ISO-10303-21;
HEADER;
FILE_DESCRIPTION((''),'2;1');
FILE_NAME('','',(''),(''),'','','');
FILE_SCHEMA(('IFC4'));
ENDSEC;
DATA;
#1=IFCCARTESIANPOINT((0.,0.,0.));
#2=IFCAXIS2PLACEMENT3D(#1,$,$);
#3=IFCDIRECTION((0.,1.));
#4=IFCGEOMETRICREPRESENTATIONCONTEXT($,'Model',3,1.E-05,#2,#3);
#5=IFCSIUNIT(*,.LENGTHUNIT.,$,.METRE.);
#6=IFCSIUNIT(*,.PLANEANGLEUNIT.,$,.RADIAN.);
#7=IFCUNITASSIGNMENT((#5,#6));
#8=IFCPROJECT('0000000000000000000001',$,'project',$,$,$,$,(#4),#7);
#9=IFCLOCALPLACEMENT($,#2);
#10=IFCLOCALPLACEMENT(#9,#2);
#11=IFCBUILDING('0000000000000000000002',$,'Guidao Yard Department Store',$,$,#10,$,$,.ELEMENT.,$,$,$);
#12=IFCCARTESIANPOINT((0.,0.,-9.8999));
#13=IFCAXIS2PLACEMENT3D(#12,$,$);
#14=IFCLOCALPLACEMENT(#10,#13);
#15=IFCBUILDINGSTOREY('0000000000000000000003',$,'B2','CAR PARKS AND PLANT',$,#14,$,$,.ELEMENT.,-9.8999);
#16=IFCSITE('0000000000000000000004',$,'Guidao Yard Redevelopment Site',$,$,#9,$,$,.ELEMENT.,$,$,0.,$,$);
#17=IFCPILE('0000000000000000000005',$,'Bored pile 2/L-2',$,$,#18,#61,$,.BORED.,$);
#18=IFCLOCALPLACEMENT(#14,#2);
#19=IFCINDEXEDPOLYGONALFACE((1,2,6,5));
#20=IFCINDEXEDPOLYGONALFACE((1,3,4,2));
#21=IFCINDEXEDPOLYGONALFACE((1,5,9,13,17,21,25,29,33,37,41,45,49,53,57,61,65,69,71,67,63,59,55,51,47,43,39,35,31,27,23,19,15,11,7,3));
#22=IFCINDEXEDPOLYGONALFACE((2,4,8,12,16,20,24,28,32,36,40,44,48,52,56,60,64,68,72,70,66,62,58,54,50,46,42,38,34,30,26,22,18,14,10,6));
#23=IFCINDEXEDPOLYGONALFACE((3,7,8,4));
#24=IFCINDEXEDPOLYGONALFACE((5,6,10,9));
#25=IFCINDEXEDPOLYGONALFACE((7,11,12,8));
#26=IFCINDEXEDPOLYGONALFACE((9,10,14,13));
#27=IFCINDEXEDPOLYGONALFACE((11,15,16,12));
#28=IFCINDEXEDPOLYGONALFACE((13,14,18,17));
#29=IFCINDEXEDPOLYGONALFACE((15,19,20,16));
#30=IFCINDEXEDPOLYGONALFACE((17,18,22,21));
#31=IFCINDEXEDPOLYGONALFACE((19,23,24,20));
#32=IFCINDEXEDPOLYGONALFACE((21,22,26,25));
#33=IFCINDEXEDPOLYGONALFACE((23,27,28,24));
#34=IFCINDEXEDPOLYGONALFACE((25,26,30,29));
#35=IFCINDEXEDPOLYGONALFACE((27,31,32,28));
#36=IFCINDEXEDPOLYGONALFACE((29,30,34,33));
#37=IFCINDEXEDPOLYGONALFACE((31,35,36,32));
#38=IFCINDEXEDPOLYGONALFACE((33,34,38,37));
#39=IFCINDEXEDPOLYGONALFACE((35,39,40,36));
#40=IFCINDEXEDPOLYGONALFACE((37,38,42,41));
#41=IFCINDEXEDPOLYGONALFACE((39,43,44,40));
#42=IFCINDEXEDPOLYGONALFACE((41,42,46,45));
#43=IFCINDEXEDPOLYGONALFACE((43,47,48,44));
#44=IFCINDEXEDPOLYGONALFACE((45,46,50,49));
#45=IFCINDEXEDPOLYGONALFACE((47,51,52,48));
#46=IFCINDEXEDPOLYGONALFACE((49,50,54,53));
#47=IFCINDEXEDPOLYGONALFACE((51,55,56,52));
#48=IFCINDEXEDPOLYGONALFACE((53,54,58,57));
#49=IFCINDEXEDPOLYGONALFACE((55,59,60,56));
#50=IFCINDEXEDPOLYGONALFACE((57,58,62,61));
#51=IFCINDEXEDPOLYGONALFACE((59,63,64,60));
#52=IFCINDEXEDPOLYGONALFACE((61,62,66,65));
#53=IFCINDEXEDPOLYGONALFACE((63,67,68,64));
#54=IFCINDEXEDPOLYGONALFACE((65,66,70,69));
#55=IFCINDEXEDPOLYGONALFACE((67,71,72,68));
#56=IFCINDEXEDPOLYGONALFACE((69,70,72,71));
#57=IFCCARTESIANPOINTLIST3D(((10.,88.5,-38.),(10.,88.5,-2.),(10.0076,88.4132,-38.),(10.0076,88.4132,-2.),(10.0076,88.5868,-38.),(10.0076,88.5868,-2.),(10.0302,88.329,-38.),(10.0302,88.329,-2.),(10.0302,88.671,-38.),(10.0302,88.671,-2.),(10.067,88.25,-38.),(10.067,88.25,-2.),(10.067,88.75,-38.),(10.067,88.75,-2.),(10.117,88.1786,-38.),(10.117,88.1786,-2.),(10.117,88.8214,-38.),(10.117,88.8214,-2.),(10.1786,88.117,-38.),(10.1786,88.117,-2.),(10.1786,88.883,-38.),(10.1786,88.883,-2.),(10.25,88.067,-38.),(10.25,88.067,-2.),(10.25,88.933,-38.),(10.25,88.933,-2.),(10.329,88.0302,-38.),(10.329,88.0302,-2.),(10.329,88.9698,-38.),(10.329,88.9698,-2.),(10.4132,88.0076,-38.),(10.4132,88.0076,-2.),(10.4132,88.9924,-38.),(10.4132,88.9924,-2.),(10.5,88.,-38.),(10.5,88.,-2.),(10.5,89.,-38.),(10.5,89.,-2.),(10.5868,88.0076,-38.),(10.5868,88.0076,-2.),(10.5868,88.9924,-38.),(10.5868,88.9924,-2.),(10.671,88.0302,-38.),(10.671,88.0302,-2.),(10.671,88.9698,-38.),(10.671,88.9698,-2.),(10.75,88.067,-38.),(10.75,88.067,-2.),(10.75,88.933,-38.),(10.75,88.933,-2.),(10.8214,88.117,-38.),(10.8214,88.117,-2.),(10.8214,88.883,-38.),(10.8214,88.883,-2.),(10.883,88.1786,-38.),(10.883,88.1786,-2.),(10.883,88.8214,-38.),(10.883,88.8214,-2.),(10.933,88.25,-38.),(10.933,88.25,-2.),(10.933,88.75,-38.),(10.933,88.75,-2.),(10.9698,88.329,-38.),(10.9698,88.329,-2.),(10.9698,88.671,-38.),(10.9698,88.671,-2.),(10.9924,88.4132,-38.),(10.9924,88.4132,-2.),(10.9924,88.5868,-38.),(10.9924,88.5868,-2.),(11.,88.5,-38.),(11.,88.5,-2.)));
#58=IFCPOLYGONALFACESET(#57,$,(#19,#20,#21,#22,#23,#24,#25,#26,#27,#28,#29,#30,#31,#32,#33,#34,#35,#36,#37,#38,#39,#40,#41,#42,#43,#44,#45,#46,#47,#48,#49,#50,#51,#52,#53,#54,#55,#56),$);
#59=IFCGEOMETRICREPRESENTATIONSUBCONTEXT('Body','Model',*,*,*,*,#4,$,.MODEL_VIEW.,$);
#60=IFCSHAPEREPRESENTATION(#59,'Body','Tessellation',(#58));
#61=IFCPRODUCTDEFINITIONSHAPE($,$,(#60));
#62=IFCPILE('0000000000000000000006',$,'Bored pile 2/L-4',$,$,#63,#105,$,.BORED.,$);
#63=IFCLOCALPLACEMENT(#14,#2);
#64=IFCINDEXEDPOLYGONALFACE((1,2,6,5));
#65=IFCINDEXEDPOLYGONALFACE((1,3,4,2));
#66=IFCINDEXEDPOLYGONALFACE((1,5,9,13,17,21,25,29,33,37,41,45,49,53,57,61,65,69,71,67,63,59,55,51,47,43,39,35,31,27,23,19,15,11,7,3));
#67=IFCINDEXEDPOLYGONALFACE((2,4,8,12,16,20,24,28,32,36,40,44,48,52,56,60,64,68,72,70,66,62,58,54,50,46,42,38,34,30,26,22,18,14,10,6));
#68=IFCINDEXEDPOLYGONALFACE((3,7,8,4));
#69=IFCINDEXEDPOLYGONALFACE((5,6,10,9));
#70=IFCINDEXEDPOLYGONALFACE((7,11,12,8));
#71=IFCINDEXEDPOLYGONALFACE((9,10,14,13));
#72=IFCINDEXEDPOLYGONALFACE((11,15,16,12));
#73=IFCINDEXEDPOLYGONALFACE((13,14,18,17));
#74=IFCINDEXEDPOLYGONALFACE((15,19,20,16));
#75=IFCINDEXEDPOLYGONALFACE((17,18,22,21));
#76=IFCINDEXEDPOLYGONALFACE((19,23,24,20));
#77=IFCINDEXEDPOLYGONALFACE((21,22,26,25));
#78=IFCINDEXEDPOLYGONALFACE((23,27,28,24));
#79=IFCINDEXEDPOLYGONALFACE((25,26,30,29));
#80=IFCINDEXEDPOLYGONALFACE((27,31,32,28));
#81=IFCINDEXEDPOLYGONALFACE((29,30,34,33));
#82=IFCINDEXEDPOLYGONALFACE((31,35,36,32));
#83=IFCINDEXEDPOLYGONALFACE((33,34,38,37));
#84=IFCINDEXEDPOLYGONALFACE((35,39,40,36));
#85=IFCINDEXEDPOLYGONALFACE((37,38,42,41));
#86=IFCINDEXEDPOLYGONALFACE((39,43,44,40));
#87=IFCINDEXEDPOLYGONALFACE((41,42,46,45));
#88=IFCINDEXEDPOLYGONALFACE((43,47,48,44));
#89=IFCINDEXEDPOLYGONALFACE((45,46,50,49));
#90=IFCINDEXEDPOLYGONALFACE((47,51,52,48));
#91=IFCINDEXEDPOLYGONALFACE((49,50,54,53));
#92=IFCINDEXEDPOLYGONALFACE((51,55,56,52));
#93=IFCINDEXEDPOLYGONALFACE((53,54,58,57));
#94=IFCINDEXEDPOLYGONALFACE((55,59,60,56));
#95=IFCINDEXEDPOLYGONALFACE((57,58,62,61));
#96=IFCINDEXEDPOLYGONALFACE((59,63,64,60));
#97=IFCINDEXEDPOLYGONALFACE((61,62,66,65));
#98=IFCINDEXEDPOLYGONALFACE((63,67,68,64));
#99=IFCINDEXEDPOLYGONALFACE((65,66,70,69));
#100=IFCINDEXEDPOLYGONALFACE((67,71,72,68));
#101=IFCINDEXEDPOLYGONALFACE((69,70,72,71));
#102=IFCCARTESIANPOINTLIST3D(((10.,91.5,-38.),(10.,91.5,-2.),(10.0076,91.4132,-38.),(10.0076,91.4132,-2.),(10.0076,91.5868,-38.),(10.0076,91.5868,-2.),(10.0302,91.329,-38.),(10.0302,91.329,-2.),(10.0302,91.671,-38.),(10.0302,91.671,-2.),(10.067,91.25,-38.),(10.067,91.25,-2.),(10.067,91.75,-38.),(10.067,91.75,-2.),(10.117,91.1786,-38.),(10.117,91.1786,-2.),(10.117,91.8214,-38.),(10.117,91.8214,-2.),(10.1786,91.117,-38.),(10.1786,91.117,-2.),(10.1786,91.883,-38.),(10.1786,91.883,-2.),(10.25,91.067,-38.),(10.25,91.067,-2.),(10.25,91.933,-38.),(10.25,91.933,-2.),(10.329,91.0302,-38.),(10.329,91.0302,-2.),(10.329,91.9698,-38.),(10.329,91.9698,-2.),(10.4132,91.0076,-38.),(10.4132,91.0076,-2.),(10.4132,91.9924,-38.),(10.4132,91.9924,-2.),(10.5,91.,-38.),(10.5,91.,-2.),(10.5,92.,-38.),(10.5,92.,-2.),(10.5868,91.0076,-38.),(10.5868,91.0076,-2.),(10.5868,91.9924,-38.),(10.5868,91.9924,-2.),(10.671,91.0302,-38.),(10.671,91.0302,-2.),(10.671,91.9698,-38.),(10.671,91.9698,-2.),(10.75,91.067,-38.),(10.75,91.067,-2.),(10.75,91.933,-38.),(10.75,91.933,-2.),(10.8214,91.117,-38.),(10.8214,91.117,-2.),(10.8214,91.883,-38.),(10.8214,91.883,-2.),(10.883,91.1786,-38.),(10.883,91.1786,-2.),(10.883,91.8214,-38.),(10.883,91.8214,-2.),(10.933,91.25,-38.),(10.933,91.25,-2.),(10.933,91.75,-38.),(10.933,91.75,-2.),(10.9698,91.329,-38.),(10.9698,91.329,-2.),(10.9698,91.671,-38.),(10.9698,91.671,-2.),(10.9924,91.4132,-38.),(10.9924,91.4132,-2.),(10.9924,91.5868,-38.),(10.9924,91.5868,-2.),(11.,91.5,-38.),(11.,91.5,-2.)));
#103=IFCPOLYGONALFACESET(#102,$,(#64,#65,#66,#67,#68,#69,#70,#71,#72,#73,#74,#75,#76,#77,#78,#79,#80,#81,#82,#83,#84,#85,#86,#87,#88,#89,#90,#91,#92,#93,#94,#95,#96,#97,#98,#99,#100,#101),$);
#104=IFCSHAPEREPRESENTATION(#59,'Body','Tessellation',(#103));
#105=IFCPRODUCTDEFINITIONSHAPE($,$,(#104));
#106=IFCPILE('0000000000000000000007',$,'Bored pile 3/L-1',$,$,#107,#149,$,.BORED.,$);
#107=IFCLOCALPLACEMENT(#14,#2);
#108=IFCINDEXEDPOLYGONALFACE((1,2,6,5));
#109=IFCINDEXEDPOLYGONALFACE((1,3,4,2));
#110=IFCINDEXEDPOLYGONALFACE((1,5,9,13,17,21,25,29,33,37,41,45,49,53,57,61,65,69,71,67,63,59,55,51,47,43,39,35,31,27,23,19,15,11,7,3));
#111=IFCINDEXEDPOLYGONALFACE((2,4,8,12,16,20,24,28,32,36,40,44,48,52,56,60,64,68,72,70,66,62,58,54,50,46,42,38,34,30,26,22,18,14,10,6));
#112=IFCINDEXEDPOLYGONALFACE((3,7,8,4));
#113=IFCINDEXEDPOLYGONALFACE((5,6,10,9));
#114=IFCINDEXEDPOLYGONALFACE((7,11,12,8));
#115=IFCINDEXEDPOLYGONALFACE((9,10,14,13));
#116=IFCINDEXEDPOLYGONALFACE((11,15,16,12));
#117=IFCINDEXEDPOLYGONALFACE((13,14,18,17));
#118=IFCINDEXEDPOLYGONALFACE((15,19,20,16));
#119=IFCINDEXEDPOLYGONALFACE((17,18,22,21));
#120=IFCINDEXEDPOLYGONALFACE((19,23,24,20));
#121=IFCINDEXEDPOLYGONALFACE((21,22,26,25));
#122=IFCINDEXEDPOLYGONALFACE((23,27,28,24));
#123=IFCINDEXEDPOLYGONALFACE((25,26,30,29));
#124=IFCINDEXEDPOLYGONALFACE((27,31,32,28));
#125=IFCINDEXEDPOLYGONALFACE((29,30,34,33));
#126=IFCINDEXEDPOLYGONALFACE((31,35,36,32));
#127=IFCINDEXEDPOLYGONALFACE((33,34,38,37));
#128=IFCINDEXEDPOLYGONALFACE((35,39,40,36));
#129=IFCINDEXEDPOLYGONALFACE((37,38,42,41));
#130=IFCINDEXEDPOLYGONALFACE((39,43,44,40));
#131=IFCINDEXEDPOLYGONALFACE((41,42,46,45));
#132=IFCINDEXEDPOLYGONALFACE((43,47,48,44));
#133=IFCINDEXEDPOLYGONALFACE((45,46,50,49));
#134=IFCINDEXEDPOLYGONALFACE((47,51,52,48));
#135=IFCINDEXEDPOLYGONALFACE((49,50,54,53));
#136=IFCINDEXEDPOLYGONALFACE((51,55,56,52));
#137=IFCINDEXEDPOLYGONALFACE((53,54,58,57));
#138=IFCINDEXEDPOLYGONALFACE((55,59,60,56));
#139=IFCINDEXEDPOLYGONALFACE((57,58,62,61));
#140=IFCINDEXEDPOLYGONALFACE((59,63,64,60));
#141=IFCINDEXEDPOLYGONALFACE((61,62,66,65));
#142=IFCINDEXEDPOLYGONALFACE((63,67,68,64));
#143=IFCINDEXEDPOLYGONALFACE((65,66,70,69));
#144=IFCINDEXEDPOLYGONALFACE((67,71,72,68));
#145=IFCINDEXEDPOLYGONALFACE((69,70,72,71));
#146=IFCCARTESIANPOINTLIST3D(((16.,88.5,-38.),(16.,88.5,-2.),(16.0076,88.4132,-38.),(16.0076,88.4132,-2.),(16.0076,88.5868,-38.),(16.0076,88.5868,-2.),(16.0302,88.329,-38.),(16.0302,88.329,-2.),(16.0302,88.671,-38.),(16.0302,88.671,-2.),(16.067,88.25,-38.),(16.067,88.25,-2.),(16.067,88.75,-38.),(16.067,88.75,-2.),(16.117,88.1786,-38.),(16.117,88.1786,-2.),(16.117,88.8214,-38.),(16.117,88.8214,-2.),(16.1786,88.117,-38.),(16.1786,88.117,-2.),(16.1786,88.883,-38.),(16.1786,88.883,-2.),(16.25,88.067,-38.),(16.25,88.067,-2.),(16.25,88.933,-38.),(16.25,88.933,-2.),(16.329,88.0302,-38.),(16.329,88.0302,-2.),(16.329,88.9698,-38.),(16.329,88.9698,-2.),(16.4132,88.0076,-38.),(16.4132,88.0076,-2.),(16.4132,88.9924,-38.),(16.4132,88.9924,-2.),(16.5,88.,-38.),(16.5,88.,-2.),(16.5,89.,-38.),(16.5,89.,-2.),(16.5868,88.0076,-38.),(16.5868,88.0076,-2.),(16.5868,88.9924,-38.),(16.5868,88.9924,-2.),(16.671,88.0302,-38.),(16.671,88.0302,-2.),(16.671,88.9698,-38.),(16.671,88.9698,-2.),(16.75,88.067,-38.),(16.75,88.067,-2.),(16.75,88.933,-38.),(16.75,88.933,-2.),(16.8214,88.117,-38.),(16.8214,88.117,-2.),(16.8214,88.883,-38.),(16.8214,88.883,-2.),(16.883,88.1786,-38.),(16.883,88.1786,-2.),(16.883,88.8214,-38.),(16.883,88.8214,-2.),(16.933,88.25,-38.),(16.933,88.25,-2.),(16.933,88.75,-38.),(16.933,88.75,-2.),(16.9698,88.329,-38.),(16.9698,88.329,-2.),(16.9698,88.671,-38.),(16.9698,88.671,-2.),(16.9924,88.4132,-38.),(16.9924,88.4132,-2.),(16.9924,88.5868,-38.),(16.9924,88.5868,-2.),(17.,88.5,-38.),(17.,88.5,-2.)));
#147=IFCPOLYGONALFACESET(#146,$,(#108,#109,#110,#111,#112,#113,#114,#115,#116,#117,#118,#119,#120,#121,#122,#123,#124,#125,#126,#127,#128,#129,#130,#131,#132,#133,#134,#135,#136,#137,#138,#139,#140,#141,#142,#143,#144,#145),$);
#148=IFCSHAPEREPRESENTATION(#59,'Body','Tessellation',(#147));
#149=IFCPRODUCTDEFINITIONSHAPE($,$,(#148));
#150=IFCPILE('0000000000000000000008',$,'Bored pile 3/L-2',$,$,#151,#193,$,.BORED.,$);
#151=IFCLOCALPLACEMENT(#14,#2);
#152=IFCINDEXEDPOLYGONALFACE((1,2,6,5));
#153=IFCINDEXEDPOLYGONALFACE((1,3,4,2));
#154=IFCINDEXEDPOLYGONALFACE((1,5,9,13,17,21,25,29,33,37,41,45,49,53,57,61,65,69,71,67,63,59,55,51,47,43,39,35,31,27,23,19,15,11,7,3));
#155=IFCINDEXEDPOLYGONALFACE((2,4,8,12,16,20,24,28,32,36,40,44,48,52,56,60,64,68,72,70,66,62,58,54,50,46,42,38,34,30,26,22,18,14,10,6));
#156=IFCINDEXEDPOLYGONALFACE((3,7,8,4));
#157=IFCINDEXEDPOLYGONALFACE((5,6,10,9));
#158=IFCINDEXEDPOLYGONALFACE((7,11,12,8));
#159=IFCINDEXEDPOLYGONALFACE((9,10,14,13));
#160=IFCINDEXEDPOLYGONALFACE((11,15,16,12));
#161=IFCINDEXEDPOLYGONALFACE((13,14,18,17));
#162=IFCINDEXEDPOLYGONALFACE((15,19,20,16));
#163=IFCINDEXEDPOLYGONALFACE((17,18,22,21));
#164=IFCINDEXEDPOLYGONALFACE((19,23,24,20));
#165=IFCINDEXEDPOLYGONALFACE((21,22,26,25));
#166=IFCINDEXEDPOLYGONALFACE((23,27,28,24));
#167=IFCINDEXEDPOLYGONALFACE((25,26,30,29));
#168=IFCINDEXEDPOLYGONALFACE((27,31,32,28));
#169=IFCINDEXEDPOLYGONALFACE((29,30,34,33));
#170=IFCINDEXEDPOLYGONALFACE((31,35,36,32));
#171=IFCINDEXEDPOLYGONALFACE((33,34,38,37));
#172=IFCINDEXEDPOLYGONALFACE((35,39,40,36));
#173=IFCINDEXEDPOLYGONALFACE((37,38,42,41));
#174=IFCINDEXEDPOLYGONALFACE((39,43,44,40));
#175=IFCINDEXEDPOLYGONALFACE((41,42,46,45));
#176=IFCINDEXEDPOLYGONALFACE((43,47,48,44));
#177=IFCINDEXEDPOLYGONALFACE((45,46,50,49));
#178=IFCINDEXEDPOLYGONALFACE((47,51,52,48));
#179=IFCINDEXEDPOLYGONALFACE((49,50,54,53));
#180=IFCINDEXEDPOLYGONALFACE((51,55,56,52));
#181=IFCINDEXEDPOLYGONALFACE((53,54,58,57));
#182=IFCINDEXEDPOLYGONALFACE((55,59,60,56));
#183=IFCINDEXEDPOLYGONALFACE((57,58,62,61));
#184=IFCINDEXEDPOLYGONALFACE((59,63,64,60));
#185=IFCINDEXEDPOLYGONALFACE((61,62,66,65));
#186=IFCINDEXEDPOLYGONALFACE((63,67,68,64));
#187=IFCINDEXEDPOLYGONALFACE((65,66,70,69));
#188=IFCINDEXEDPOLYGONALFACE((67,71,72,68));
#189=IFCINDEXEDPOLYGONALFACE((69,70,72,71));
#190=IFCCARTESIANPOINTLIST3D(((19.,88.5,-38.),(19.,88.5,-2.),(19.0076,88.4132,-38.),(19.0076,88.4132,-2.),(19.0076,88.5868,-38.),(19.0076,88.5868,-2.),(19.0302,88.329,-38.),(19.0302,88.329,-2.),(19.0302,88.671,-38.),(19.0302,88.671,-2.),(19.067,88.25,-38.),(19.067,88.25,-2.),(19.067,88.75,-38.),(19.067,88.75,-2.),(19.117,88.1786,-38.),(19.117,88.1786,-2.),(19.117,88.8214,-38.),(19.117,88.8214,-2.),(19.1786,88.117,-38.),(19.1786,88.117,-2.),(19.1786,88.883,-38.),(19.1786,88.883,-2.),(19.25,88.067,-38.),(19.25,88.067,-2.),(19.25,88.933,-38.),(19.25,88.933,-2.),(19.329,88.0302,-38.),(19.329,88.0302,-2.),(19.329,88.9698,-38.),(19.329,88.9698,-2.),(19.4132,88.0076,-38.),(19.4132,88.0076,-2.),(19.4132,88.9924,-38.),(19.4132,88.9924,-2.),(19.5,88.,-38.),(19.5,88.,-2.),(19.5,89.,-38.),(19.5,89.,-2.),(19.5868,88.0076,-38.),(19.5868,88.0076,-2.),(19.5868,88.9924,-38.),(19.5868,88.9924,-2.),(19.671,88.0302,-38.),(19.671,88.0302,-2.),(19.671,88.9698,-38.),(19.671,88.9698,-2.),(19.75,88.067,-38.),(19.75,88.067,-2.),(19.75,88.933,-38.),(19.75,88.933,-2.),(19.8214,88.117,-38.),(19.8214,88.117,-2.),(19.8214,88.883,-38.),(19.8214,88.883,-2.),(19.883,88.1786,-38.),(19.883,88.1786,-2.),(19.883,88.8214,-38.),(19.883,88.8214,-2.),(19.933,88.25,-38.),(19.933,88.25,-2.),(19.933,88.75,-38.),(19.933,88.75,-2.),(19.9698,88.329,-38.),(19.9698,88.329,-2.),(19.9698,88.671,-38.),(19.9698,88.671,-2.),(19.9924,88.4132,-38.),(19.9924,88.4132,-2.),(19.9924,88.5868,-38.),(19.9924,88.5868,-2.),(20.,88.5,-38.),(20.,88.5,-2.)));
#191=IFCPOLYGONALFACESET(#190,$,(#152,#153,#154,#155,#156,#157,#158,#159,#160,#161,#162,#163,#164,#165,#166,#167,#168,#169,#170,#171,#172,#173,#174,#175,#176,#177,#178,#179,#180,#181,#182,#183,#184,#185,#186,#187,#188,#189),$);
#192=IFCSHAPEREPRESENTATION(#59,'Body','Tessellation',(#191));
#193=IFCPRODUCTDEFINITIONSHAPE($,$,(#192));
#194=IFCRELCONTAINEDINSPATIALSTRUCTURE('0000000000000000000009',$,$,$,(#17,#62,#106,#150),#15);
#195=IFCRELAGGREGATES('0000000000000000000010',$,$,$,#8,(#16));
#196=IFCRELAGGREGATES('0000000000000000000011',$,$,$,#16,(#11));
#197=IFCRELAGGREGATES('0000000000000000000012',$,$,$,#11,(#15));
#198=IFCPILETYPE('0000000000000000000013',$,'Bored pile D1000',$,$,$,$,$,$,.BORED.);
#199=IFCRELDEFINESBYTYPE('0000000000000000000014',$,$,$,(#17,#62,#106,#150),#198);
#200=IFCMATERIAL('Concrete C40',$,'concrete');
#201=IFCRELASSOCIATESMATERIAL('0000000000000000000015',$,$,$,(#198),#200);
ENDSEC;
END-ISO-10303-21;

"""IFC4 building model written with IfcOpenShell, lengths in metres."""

from ifc_helpers import new_model, si_unit, direction, frame, origin, origin_2d, place, context, subcontext, project, spatial, circle, extrude, material, material_profile, profile_set, type_object, element, save


model = new_model("IFC4")

# Units and contexts
model_context = context("Model", 3, precision=1e-05, world=origin(), true_north=direction((0.0, 1.0)))
body_context = subcontext(model_context, "Body", "Model", "MODEL_VIEW")
ifc_project = project(units=[si_unit("LENGTHUNIT", "METRE"), si_unit("PLANEANGLEUNIT", "RADIAN")], contexts=[model_context])

# Site, building, storey
site_placement = place(None, origin())
site = spatial("IfcSite", under=ifc_project, at=site_placement, Name="Guidao Yard Redevelopment Site", CompositionType="ELEMENT", RefElevation=0.0)
building_placement = place(site_placement, origin())
building = spatial("IfcBuilding", under=site, at=building_placement, Name="Guidao Yard Department Store", CompositionType="ELEMENT")
storey_placement = place(building_placement, frame((0.0, 0.0, -9.8999)))
storey = spatial("IfcBuildingStorey", under=building, at=storey_placement, Name="B2", Description="CAR PARKS AND PLANT", CompositionType="ELEMENT", Elevation=-9.8999)

# Piles
ifc_material_1 = material(Name="Concrete C40", Category="concrete")
ifc_material_profile_1 = material_profile(ifc_material_1, circle(Radius=0.5, at=origin_2d()), Name="Bored pile D1000")
ifc_profile_set_1 = profile_set([ifc_material_profile_1], Name="Concrete C40")
pile_type = type_object("IfcPileType", Name="Bored pile D1000", PredefinedType="BORED", material=ifc_profile_set_1)
for number, where, z_axis, x_axis, name in (
    (1, (10.5, 88.5, -2.0), (0.0, 0.0, -1.0), (1.0, 0.0, 0.0), "Bored pile 2/L-2"),
    (2, (10.5, 91.5, -2.0), (0.0, 0.0, -1.0), (1.0, 0.0, 0.0), "Bored pile 2/L-4"),
    (3, (16.5, 88.5, -2.0), (0.0, 0.0, -1.0), (1.0, 0.0, 0.0), "Bored pile 3/L-1"),
    (4, (19.5, 88.5, -2.0), (0.0, 0.0, -1.0), (1.0, 0.0, 0.0), "Bored pile 3/L-2"),
):
    element("IfcPile", number, at=place(storey_placement, frame(where, z_axis=z_axis, x_axis=x_axis)), inside=storey, type_object=pile_type, Name=name, PredefinedType="BORED", context=body_context, shape_type="SweptSolid", body=[
        extrude(circle(Radius=0.5, at=origin_2d()), origin(), (0.0, 0.0, 1.0), 36.0),
    ])

save(model, "model.ifc")
